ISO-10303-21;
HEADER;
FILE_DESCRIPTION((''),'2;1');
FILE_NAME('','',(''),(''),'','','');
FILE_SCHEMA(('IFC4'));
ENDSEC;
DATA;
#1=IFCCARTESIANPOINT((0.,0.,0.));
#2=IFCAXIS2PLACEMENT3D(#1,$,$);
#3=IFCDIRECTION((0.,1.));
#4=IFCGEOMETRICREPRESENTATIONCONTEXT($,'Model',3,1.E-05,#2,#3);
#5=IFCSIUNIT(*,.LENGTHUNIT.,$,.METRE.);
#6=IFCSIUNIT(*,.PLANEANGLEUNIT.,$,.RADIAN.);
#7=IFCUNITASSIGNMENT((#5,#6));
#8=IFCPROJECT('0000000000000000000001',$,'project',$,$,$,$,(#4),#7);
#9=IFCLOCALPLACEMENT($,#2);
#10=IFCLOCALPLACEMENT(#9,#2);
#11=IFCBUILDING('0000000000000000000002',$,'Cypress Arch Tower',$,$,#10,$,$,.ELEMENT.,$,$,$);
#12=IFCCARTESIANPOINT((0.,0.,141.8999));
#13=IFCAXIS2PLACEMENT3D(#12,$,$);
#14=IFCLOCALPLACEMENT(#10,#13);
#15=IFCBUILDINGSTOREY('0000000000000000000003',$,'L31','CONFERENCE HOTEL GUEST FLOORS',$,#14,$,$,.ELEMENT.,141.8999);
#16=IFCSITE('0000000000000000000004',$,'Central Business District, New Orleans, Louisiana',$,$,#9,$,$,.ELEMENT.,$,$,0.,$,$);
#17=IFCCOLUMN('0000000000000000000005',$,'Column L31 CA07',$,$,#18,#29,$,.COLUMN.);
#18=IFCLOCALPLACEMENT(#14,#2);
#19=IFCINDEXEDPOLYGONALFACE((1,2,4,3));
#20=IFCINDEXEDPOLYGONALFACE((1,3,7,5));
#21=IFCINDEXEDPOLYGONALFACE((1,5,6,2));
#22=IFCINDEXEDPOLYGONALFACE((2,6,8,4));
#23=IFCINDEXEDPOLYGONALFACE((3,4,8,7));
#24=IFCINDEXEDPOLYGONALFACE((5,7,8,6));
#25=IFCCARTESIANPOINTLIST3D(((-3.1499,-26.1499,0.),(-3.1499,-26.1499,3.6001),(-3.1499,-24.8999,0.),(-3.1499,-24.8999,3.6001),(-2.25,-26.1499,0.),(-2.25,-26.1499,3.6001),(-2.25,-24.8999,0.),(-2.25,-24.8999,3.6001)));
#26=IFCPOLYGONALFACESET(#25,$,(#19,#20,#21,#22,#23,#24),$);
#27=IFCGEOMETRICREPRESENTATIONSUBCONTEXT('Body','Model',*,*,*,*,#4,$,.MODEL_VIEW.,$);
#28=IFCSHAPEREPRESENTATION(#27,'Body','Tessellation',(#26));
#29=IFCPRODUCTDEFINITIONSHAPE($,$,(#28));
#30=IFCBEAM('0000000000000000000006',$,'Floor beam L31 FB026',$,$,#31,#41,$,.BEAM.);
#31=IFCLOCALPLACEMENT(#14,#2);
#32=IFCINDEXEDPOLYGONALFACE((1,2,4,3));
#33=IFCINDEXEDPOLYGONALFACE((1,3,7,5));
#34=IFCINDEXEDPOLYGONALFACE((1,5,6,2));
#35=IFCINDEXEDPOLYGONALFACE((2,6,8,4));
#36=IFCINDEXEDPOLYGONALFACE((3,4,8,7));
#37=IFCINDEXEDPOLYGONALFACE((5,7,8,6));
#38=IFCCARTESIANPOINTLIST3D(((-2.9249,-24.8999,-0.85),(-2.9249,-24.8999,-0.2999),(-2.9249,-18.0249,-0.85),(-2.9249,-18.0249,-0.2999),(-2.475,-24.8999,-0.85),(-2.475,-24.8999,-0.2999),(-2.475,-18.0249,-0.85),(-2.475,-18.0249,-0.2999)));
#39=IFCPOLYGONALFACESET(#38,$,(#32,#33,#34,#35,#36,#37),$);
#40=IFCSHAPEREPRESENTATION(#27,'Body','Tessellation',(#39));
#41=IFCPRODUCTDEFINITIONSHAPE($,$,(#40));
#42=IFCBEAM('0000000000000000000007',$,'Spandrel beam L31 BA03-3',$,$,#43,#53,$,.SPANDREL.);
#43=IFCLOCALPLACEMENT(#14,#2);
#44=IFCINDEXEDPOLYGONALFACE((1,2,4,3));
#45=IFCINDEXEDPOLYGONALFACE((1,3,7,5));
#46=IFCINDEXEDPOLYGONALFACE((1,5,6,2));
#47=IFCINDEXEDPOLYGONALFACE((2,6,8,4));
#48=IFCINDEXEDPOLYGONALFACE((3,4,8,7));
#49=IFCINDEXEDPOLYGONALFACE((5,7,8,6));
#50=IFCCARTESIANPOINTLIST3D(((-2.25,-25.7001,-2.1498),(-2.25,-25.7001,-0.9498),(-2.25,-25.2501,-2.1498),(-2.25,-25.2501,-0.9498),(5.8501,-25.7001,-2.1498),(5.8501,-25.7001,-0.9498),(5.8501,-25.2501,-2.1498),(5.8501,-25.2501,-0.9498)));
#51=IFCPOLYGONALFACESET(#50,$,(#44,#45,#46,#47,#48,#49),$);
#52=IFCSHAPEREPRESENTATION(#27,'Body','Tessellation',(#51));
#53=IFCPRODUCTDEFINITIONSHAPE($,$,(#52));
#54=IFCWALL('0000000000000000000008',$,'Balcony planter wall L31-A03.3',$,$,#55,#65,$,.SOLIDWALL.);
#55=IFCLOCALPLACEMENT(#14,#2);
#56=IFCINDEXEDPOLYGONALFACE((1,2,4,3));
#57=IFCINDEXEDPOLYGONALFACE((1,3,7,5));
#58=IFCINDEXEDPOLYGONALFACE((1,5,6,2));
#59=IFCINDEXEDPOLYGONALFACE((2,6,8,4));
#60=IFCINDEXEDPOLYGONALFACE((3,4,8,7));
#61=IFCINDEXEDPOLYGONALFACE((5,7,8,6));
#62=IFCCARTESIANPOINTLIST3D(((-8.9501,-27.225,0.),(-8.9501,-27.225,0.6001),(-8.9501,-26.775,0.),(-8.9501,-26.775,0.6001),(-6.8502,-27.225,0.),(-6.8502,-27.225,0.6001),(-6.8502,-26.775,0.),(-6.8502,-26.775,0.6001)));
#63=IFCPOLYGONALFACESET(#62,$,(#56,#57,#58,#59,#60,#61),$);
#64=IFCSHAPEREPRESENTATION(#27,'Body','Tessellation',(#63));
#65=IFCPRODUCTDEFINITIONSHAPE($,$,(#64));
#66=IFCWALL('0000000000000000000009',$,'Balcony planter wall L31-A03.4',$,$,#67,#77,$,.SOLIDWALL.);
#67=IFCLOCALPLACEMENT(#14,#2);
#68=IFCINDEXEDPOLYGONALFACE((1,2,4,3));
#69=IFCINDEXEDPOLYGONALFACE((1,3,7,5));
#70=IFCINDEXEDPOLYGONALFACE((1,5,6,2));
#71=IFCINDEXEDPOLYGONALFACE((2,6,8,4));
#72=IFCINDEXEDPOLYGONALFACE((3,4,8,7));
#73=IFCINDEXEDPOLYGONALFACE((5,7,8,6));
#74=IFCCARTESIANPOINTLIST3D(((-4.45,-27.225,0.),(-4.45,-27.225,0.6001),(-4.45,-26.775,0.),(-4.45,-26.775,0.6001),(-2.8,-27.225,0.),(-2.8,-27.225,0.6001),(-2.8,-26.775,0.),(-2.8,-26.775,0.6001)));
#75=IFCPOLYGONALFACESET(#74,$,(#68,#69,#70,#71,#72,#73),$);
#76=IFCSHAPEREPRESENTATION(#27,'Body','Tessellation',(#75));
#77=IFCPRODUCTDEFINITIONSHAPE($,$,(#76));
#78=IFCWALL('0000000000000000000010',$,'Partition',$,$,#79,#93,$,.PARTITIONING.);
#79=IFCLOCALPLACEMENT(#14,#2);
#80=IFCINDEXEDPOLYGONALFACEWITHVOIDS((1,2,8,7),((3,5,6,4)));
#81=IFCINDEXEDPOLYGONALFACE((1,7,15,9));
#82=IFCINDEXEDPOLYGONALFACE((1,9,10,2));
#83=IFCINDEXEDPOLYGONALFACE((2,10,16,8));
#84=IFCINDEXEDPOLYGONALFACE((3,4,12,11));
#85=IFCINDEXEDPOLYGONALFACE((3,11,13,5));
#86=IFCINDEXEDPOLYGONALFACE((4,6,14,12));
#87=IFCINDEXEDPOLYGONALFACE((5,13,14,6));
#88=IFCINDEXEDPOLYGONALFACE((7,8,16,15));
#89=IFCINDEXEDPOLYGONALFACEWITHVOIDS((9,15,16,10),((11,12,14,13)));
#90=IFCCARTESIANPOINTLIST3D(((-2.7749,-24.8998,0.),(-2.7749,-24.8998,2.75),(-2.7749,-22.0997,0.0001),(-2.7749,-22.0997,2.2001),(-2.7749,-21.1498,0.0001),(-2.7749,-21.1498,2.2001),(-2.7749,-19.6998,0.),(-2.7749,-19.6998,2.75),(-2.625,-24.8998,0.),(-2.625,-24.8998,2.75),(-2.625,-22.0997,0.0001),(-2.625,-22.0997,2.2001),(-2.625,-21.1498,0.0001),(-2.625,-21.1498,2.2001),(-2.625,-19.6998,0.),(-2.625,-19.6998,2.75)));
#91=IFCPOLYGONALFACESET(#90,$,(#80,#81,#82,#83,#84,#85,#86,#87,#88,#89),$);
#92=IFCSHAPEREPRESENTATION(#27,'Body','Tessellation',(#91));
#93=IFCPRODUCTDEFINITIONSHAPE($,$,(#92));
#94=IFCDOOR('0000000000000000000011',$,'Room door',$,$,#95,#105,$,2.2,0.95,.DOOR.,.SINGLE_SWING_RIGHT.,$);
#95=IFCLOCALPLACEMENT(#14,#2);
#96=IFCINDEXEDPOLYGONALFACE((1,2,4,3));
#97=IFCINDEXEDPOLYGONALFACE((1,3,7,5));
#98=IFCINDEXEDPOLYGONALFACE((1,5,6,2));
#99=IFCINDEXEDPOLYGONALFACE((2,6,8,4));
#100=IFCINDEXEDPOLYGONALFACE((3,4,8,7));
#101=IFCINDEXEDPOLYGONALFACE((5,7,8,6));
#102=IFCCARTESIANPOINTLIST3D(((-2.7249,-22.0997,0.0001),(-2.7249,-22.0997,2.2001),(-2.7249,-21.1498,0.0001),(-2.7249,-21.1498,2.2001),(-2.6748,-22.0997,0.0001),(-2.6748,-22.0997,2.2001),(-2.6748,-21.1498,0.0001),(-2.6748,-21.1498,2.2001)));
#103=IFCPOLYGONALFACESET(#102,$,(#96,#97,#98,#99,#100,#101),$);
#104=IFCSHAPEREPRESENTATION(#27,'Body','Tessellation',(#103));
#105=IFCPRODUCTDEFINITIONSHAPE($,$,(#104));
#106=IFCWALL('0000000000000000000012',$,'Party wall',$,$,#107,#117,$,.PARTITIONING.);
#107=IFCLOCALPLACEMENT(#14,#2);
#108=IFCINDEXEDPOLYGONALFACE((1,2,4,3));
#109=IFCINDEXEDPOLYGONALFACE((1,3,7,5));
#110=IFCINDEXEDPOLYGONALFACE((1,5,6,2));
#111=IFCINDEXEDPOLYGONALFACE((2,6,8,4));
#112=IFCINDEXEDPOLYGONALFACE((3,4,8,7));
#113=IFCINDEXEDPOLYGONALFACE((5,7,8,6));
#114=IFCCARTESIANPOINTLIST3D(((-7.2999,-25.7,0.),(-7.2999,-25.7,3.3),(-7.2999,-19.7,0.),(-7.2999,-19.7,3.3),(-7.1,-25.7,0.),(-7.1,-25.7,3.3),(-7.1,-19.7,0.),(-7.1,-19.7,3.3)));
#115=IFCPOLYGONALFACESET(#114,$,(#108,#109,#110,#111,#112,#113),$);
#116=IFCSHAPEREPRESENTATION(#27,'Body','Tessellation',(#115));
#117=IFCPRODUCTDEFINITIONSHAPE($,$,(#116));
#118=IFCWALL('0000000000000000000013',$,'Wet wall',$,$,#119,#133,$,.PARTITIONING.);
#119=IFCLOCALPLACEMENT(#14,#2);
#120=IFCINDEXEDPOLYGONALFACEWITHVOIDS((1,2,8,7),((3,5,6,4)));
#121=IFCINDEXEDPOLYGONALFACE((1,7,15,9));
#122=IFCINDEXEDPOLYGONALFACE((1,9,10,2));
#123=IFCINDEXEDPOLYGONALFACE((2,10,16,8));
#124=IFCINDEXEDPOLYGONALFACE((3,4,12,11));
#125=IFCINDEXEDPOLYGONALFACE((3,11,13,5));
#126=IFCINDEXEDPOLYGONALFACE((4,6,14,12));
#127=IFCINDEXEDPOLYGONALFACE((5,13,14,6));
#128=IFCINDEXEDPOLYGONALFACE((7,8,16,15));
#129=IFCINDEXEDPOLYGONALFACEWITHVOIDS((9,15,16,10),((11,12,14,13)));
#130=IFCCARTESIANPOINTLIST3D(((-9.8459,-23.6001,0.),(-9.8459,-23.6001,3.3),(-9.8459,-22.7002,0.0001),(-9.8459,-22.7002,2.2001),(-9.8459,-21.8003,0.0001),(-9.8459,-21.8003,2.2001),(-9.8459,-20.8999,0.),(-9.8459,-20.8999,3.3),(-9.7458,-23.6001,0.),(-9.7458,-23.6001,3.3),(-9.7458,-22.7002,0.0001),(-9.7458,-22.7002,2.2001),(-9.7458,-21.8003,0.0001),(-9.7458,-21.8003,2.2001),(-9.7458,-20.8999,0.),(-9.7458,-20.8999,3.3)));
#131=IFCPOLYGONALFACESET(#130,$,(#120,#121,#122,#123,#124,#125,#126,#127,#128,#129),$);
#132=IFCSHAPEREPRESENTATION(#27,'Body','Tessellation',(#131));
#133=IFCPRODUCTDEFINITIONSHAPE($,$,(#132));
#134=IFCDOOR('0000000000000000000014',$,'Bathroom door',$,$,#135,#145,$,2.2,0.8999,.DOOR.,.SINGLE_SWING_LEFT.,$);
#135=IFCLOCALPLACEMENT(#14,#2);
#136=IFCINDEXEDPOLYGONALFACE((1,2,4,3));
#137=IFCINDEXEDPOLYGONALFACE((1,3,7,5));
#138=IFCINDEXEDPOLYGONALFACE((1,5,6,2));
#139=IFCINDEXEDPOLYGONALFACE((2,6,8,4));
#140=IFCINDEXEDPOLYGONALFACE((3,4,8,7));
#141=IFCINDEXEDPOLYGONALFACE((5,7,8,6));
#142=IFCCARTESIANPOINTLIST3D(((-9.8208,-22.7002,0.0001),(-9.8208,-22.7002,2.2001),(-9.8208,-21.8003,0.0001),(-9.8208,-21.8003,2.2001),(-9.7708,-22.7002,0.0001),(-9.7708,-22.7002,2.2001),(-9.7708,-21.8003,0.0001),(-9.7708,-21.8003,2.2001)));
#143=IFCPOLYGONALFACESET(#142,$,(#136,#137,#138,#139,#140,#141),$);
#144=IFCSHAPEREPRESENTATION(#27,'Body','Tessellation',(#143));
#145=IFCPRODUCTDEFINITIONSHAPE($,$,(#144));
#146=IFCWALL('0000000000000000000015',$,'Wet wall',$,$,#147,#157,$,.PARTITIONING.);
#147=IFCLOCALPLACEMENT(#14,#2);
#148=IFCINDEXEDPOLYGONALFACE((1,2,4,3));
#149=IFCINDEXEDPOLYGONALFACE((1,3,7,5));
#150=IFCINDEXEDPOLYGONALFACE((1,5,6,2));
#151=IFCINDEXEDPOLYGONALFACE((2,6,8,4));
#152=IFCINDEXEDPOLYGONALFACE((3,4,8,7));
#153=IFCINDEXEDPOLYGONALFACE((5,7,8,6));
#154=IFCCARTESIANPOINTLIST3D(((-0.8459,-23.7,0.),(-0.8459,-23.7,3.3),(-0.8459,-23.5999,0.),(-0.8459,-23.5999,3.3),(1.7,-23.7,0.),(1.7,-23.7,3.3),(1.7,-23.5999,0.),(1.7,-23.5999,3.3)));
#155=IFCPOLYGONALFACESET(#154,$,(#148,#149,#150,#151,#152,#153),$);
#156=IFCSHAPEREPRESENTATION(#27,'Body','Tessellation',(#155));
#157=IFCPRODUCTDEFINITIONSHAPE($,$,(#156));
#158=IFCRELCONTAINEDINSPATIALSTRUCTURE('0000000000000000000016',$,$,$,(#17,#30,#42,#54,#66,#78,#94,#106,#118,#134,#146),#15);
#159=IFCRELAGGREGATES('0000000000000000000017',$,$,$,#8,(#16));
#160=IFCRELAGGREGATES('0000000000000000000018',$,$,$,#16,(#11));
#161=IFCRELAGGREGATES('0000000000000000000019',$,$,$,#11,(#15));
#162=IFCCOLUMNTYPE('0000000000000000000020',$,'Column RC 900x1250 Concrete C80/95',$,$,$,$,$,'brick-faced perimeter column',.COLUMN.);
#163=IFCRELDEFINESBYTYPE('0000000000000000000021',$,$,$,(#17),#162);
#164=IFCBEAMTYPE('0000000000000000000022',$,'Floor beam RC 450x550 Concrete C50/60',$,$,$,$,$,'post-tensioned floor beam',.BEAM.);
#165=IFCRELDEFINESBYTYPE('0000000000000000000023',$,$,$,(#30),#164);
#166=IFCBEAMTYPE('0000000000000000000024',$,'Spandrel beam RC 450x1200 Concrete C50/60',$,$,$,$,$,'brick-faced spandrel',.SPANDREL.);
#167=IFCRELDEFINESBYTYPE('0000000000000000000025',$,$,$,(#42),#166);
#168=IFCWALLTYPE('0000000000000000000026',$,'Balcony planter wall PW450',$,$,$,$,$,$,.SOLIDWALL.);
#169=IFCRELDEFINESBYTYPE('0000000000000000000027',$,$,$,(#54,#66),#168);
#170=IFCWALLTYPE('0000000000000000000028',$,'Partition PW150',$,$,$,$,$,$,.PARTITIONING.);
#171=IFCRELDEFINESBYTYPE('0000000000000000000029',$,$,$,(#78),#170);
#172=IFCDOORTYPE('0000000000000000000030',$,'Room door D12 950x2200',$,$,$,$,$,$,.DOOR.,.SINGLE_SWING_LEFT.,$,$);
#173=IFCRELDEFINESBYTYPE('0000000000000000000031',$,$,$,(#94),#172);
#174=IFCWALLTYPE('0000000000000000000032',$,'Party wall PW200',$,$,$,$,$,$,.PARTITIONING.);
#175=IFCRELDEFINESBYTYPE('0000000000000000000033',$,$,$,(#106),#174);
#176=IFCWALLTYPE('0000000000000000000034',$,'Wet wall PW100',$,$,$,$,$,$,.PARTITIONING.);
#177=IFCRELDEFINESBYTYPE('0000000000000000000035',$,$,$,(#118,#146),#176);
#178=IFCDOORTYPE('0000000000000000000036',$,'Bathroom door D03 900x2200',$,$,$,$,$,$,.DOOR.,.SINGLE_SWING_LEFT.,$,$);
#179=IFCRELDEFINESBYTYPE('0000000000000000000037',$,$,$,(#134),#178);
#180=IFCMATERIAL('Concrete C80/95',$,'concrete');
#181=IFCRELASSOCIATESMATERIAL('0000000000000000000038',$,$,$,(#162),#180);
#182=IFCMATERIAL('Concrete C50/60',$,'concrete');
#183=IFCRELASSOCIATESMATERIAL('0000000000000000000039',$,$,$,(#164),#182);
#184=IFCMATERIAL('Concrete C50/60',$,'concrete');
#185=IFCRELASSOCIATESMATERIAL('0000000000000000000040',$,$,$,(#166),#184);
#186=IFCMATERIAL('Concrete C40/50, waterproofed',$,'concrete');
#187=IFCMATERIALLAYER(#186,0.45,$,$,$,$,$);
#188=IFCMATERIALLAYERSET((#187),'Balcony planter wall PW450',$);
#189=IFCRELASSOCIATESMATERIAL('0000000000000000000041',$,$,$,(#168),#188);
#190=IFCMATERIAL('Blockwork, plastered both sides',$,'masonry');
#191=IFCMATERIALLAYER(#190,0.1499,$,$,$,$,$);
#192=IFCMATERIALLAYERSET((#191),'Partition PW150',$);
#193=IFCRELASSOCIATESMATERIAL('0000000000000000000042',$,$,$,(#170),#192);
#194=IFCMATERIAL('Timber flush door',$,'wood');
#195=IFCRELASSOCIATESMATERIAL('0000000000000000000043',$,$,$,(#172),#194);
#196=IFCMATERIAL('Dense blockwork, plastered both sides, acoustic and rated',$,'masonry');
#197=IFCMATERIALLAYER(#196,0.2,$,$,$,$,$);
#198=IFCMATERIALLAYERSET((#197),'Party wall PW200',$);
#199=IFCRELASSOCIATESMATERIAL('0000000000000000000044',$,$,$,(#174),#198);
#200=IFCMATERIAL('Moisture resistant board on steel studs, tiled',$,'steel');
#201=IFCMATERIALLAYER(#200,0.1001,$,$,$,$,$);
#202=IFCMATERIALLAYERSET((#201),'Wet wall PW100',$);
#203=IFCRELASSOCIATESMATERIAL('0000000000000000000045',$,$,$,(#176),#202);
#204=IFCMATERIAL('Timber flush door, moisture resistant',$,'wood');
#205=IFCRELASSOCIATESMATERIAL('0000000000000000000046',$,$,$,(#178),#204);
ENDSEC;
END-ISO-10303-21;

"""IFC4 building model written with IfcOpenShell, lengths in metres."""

from ifc_helpers import new_model, si_unit, direction, frame, frame_2d, origin, origin_2d, place, context, subcontext, project, spatial, rectangle, extrude, material, layer, layer_set, material_profile, profile_set, type_object, element, fill, save


model = new_model("IFC4")

# Units and contexts
model_context = context("Model", 3, precision=1e-05, world=origin(), true_north=direction((0.0, 1.0)))
body_context = subcontext(model_context, "Body", "Model", "MODEL_VIEW")
ifc_project = project(units=[si_unit("LENGTHUNIT", "METRE"), si_unit("PLANEANGLEUNIT", "RADIAN")], contexts=[model_context])

# Site, building, storey
site_placement = place(None, origin())
site = spatial("IfcSite", under=ifc_project, at=site_placement, Name="Central Business District, New Orleans, Louisiana", CompositionType="ELEMENT", RefElevation=0.0)
building_placement = place(site_placement, origin())
building = spatial("IfcBuilding", under=site, at=building_placement, Name="Cypress Arch Tower", CompositionType="ELEMENT")
storey_placement = place(building_placement, frame((0.0, 0.0, 141.8999)))
storey = spatial("IfcBuildingStorey", under=building, at=storey_placement, Name="L31", Description="CONFERENCE HOTEL GUEST FLOORS", CompositionType="ELEMENT", Elevation=141.8999)

# Column
ifc_material_1 = material(Name="Concrete C80/95", Category="concrete")
ifc_material_profile_1 = material_profile(ifc_material_1, rectangle(XDim=0.8999, YDim=1.25, at=origin_2d()), Name="RC 900x1250")
ifc_profile_set_1 = profile_set([ifc_material_profile_1], Name="Concrete C80/95")
column_type = type_object("IfcColumnType", Name="Column RC 900x1250 Concrete C80/95", ElementType="brick-faced perimeter column", PredefinedType="COLUMN", material=ifc_profile_set_1)
column_placement = place(storey_placement, frame((-2.7, -25.5249, 0.0), z_axis=(0.0, 0.0, 1.0), x_axis=(1.0, 0.0, 0.0)))
element("IfcColumn", 1, at=column_placement, inside=storey, type_object=column_type, Name="Column L31 CA07", PredefinedType="COLUMN", context=body_context, shape_type="SweptSolid", body=[
    extrude(rectangle(XDim=0.8999, YDim=1.25, at=origin_2d()), origin(), (0.0, 0.0, 1.0), 3.6001),
])

# Beams
ifc_material_2 = material(Name="Concrete C50/60", Category="concrete")
ifc_material_profile_2 = material_profile(ifc_material_2, rectangle(XDim=0.45, YDim=0.55, at=origin_2d()), Name="RC 450x550")
ifc_profile_set_2 = profile_set([ifc_material_profile_2], Name="Concrete C50/60")
beam_type_1 = type_object("IfcBeamType", Name="Floor beam RC 450x550 Concrete C50/60", ElementType="post-tensioned floor beam", PredefinedType="BEAM", material=ifc_profile_set_2)
beam_1_placement = place(storey_placement, frame((-2.7, -24.8999, -0.575), z_axis=(0.0, 1.0, 0.0), x_axis=(-1.0, 0.0, 0.0)))
element("IfcBeam", 2, at=beam_1_placement, inside=storey, type_object=beam_type_1, Name="Floor beam L31 FB026", PredefinedType="BEAM", context=body_context, shape_type="SweptSolid", body=[
    extrude(rectangle(XDim=0.45, YDim=0.55, at=origin_2d()), origin(), (0.0, 0.0, 1.0), 6.875),
])
ifc_material_3 = material(Name="Concrete C50/60", Category="concrete")
ifc_material_profile_3 = material_profile(ifc_material_3, rectangle(XDim=0.45, YDim=1.2, at=origin_2d()), Name="RC 450x1200")
ifc_profile_set_3 = profile_set([ifc_material_profile_3], Name="Concrete C50/60")
beam_type_2 = type_object("IfcBeamType", Name="Spandrel beam RC 450x1200 Concrete C50/60", ElementType="brick-faced spandrel", PredefinedType="SPANDREL", material=ifc_profile_set_3)
beam_2_placement = place(storey_placement, frame((-2.25, -25.4751, -1.5498), z_axis=(1.0, 0.0, 0.0), x_axis=(0.0, 1.0, 0.0)))
element("IfcBeam", 3, at=beam_2_placement, inside=storey, type_object=beam_type_2, Name="Spandrel beam L31 BA03-3", PredefinedType="SPANDREL", context=body_context, shape_type="SweptSolid", body=[
    extrude(rectangle(XDim=0.45, YDim=1.2, at=origin_2d()), origin(), (0.0, 0.0, 1.0), 8.1001),
])

# Walls
ifc_material_4 = material(Name="Concrete C40/50, waterproofed", Category="concrete")
ifc_layer_1 = layer(ifc_material_4, 0.45)
ifc_layer_set_1 = layer_set([ifc_layer_1], Name="Balcony planter wall PW450")
wall_type_1 = type_object("IfcWallType", Name="Balcony planter wall PW450", PredefinedType="SOLIDWALL", material=ifc_layer_set_1)
wall_1_placement = place(storey_placement, frame((-8.95, -27.0, 0.0), z_axis=(0.0, 0.0, 1.0), x_axis=(1.0, 0.0, 0.0)))
element("IfcWall", 4, at=wall_1_placement, inside=storey, type_object=wall_type_1, Name="Balcony planter wall L31-A03.3", PredefinedType="SOLIDWALL", context=body_context, shape_type="SweptSolid", body=[
    extrude(rectangle(XDim=2.0999, YDim=0.45, at=frame_2d((1.0498, 0.0))), origin(), (0.0, 0.0, 1.0), 0.6001),
])
wall_2_placement = place(storey_placement, frame((-4.45, -27.0, 0.0), z_axis=(0.0, 0.0, 1.0), x_axis=(1.0, 0.0, 0.0)))
element("IfcWall", 5, at=wall_2_placement, inside=storey, type_object=wall_type_1, Name="Balcony planter wall L31-A03.4", PredefinedType="SOLIDWALL", context=body_context, shape_type="SweptSolid", body=[
    extrude(rectangle(XDim=1.6499, YDim=0.45, at=frame_2d((0.825, 0.0))), origin(), (0.0, 0.0, 1.0), 0.6001),
])

# Wall, opening, door
ifc_material_5 = material(Name="Blockwork, plastered both sides", Category="masonry")
ifc_layer_2 = layer(ifc_material_5, 0.1499)
ifc_layer_set_2 = layer_set([ifc_layer_2], Name="Partition PW150")
wall_type_2 = type_object("IfcWallType", Name="Partition PW150", PredefinedType="PARTITIONING", material=ifc_layer_set_2)
wall_3_placement = place(storey_placement, frame((-2.7, -24.8999, 0.0), z_axis=(0.0, 0.0, 1.0), x_axis=(0.0, 1.0, 0.0)))
wall_3 = element("IfcWall", 6, at=wall_3_placement, inside=storey, type_object=wall_type_2, Name="Partition", PredefinedType="PARTITIONING", context=body_context, shape_type="SweptSolid", body=[
    extrude(rectangle(XDim=5.2, YDim=0.1499, at=frame_2d((2.6001, 0.0))), origin(), (0.0, 0.0, 1.0), 2.75),
])
opening_1_placement = place(wall_3_placement, frame((2.8, 0.0, 0.0)))
opening_1 = element("IfcOpeningElement", 7, at=opening_1_placement, cuts=wall_3, PredefinedType="OPENING", context=body_context, shape_type="SweptSolid", body=[
    extrude(rectangle(XDim=0.95, YDim=2.2, at=frame_2d((0.4751, 1.1001))), frame((0.0, 0.085, 0.0), z_axis=(0.0, -1.0, 0.0), x_axis=(1.0, 0.0, 0.0)), (0.0, 0.0, 1.0), 0.1699),
])
ifc_material_6 = material(Name="Timber flush door", Category="wood")
door_type_1 = type_object("IfcDoorType", Name="Room door D12 950x2200", OperationType="SINGLE_SWING_LEFT", PredefinedType="DOOR", material=ifc_material_6)
door_1_placement = place(opening_1_placement, origin())
door_1 = element("IfcDoor", 8, at=door_1_placement, inside=storey, type_object=door_type_1, Name="Room door", OperationType="SINGLE_SWING_RIGHT", OverallHeight=2.2, OverallWidth=0.95, PredefinedType="DOOR", context=body_context, shape_type="SweptSolid", body=[
    extrude(rectangle(XDim=0.95, YDim=2.2, at=frame_2d((0.4751, 1.1001))), frame((0.0, 0.0249, 0.0), z_axis=(0.0, -1.0, 0.0), x_axis=(1.0, 0.0, 0.0)), (0.0, 0.0, 1.0), 0.05),
])
fill(opening_1, door_1)

# Wall
ifc_material_7 = material(Name="Dense blockwork, plastered both sides, acoustic and rated", Category="masonry")
ifc_layer_3 = layer(ifc_material_7, 0.2)
ifc_layer_set_3 = layer_set([ifc_layer_3], Name="Party wall PW200")
wall_type_3 = type_object("IfcWallType", Name="Party wall PW200", PredefinedType="PARTITIONING", material=ifc_layer_set_3)
wall_4_placement = place(storey_placement, frame((-7.2, -25.7, 0.0), z_axis=(0.0, 0.0, 1.0), x_axis=(0.0, 1.0, 0.0)))
element("IfcWall", 9, at=wall_4_placement, inside=storey, type_object=wall_type_3, Name="Party wall", PredefinedType="PARTITIONING", context=body_context, shape_type="SweptSolid", body=[
    extrude(rectangle(XDim=6.0, YDim=0.2, at=frame_2d((3.0, 0.0))), origin(), (0.0, 0.0, 1.0), 3.3),
])

# Wall, opening, door
ifc_material_8 = material(Name="Moisture resistant board on steel studs, tiled", Category="steel")
ifc_layer_4 = layer(ifc_material_8, 0.1001)
ifc_layer_set_4 = layer_set([ifc_layer_4], Name="Wet wall PW100")
wall_type_4 = type_object("IfcWallType", Name="Wet wall PW100", PredefinedType="PARTITIONING", material=ifc_layer_set_4)
wall_5_placement = place(storey_placement, frame((-9.7959, -23.6001, 0.0), z_axis=(0.0, 0.0, 1.0), x_axis=(0.0, 1.0, 0.0)))
wall_5 = element("IfcWall", 10, at=wall_5_placement, inside=storey, type_object=wall_type_4, Name="Wet wall", PredefinedType="PARTITIONING", context=body_context, shape_type="SweptSolid", body=[
    extrude(rectangle(XDim=2.7002, YDim=0.1001, at=frame_2d((1.3501, 0.0))), origin(), (0.0, 0.0, 1.0), 3.3),
])
opening_2_placement = place(wall_5_placement, frame((0.8999, 0.0, 0.0)))
opening_2 = element("IfcOpeningElement", 11, at=opening_2_placement, cuts=wall_5, PredefinedType="OPENING", context=body_context, shape_type="SweptSolid", body=[
    extrude(rectangle(XDim=0.8999, YDim=2.2, at=frame_2d((0.45, 1.1001))), frame((0.0, 0.0601, 0.0), z_axis=(0.0, -1.0, 0.0), x_axis=(1.0, 0.0, 0.0)), (0.0, 0.0, 1.0), 0.1201),
])
ifc_material_9 = material(Name="Timber flush door, moisture resistant", Category="wood")
door_type_2 = type_object("IfcDoorType", Name="Bathroom door D03 900x2200", OperationType="SINGLE_SWING_LEFT", PredefinedType="DOOR", material=ifc_material_9)
door_2_placement = place(opening_2_placement, origin())
door_2 = element("IfcDoor", 12, at=door_2_placement, inside=storey, type_object=door_type_2, Name="Bathroom door", OperationType="SINGLE_SWING_LEFT", OverallHeight=2.2, OverallWidth=0.8999, PredefinedType="DOOR", context=body_context, shape_type="SweptSolid", body=[
    extrude(rectangle(XDim=0.8999, YDim=2.2, at=frame_2d((0.45, 1.1001))), frame((0.0, 0.0249, 0.0), z_axis=(0.0, -1.0, 0.0), x_axis=(1.0, 0.0, 0.0)), (0.0, 0.0, 1.0), 0.05),
])
fill(opening_2, door_2)

# Wall
wall_6_placement = place(storey_placement, frame((-0.8459, -23.6499, 0.0), z_axis=(0.0, 0.0, 1.0), x_axis=(1.0, 0.0, 0.0)))
element("IfcWall", 13, at=wall_6_placement, inside=storey, type_object=wall_type_4, Name="Wet wall", PredefinedType="PARTITIONING", context=body_context, shape_type="SweptSolid", body=[
    extrude(rectangle(XDim=2.5459, YDim=0.1001, at=frame_2d((1.2729, 0.0))), origin(), (0.0, 0.0, 1.0), 3.3),
])

save(model, "model.ifc")
